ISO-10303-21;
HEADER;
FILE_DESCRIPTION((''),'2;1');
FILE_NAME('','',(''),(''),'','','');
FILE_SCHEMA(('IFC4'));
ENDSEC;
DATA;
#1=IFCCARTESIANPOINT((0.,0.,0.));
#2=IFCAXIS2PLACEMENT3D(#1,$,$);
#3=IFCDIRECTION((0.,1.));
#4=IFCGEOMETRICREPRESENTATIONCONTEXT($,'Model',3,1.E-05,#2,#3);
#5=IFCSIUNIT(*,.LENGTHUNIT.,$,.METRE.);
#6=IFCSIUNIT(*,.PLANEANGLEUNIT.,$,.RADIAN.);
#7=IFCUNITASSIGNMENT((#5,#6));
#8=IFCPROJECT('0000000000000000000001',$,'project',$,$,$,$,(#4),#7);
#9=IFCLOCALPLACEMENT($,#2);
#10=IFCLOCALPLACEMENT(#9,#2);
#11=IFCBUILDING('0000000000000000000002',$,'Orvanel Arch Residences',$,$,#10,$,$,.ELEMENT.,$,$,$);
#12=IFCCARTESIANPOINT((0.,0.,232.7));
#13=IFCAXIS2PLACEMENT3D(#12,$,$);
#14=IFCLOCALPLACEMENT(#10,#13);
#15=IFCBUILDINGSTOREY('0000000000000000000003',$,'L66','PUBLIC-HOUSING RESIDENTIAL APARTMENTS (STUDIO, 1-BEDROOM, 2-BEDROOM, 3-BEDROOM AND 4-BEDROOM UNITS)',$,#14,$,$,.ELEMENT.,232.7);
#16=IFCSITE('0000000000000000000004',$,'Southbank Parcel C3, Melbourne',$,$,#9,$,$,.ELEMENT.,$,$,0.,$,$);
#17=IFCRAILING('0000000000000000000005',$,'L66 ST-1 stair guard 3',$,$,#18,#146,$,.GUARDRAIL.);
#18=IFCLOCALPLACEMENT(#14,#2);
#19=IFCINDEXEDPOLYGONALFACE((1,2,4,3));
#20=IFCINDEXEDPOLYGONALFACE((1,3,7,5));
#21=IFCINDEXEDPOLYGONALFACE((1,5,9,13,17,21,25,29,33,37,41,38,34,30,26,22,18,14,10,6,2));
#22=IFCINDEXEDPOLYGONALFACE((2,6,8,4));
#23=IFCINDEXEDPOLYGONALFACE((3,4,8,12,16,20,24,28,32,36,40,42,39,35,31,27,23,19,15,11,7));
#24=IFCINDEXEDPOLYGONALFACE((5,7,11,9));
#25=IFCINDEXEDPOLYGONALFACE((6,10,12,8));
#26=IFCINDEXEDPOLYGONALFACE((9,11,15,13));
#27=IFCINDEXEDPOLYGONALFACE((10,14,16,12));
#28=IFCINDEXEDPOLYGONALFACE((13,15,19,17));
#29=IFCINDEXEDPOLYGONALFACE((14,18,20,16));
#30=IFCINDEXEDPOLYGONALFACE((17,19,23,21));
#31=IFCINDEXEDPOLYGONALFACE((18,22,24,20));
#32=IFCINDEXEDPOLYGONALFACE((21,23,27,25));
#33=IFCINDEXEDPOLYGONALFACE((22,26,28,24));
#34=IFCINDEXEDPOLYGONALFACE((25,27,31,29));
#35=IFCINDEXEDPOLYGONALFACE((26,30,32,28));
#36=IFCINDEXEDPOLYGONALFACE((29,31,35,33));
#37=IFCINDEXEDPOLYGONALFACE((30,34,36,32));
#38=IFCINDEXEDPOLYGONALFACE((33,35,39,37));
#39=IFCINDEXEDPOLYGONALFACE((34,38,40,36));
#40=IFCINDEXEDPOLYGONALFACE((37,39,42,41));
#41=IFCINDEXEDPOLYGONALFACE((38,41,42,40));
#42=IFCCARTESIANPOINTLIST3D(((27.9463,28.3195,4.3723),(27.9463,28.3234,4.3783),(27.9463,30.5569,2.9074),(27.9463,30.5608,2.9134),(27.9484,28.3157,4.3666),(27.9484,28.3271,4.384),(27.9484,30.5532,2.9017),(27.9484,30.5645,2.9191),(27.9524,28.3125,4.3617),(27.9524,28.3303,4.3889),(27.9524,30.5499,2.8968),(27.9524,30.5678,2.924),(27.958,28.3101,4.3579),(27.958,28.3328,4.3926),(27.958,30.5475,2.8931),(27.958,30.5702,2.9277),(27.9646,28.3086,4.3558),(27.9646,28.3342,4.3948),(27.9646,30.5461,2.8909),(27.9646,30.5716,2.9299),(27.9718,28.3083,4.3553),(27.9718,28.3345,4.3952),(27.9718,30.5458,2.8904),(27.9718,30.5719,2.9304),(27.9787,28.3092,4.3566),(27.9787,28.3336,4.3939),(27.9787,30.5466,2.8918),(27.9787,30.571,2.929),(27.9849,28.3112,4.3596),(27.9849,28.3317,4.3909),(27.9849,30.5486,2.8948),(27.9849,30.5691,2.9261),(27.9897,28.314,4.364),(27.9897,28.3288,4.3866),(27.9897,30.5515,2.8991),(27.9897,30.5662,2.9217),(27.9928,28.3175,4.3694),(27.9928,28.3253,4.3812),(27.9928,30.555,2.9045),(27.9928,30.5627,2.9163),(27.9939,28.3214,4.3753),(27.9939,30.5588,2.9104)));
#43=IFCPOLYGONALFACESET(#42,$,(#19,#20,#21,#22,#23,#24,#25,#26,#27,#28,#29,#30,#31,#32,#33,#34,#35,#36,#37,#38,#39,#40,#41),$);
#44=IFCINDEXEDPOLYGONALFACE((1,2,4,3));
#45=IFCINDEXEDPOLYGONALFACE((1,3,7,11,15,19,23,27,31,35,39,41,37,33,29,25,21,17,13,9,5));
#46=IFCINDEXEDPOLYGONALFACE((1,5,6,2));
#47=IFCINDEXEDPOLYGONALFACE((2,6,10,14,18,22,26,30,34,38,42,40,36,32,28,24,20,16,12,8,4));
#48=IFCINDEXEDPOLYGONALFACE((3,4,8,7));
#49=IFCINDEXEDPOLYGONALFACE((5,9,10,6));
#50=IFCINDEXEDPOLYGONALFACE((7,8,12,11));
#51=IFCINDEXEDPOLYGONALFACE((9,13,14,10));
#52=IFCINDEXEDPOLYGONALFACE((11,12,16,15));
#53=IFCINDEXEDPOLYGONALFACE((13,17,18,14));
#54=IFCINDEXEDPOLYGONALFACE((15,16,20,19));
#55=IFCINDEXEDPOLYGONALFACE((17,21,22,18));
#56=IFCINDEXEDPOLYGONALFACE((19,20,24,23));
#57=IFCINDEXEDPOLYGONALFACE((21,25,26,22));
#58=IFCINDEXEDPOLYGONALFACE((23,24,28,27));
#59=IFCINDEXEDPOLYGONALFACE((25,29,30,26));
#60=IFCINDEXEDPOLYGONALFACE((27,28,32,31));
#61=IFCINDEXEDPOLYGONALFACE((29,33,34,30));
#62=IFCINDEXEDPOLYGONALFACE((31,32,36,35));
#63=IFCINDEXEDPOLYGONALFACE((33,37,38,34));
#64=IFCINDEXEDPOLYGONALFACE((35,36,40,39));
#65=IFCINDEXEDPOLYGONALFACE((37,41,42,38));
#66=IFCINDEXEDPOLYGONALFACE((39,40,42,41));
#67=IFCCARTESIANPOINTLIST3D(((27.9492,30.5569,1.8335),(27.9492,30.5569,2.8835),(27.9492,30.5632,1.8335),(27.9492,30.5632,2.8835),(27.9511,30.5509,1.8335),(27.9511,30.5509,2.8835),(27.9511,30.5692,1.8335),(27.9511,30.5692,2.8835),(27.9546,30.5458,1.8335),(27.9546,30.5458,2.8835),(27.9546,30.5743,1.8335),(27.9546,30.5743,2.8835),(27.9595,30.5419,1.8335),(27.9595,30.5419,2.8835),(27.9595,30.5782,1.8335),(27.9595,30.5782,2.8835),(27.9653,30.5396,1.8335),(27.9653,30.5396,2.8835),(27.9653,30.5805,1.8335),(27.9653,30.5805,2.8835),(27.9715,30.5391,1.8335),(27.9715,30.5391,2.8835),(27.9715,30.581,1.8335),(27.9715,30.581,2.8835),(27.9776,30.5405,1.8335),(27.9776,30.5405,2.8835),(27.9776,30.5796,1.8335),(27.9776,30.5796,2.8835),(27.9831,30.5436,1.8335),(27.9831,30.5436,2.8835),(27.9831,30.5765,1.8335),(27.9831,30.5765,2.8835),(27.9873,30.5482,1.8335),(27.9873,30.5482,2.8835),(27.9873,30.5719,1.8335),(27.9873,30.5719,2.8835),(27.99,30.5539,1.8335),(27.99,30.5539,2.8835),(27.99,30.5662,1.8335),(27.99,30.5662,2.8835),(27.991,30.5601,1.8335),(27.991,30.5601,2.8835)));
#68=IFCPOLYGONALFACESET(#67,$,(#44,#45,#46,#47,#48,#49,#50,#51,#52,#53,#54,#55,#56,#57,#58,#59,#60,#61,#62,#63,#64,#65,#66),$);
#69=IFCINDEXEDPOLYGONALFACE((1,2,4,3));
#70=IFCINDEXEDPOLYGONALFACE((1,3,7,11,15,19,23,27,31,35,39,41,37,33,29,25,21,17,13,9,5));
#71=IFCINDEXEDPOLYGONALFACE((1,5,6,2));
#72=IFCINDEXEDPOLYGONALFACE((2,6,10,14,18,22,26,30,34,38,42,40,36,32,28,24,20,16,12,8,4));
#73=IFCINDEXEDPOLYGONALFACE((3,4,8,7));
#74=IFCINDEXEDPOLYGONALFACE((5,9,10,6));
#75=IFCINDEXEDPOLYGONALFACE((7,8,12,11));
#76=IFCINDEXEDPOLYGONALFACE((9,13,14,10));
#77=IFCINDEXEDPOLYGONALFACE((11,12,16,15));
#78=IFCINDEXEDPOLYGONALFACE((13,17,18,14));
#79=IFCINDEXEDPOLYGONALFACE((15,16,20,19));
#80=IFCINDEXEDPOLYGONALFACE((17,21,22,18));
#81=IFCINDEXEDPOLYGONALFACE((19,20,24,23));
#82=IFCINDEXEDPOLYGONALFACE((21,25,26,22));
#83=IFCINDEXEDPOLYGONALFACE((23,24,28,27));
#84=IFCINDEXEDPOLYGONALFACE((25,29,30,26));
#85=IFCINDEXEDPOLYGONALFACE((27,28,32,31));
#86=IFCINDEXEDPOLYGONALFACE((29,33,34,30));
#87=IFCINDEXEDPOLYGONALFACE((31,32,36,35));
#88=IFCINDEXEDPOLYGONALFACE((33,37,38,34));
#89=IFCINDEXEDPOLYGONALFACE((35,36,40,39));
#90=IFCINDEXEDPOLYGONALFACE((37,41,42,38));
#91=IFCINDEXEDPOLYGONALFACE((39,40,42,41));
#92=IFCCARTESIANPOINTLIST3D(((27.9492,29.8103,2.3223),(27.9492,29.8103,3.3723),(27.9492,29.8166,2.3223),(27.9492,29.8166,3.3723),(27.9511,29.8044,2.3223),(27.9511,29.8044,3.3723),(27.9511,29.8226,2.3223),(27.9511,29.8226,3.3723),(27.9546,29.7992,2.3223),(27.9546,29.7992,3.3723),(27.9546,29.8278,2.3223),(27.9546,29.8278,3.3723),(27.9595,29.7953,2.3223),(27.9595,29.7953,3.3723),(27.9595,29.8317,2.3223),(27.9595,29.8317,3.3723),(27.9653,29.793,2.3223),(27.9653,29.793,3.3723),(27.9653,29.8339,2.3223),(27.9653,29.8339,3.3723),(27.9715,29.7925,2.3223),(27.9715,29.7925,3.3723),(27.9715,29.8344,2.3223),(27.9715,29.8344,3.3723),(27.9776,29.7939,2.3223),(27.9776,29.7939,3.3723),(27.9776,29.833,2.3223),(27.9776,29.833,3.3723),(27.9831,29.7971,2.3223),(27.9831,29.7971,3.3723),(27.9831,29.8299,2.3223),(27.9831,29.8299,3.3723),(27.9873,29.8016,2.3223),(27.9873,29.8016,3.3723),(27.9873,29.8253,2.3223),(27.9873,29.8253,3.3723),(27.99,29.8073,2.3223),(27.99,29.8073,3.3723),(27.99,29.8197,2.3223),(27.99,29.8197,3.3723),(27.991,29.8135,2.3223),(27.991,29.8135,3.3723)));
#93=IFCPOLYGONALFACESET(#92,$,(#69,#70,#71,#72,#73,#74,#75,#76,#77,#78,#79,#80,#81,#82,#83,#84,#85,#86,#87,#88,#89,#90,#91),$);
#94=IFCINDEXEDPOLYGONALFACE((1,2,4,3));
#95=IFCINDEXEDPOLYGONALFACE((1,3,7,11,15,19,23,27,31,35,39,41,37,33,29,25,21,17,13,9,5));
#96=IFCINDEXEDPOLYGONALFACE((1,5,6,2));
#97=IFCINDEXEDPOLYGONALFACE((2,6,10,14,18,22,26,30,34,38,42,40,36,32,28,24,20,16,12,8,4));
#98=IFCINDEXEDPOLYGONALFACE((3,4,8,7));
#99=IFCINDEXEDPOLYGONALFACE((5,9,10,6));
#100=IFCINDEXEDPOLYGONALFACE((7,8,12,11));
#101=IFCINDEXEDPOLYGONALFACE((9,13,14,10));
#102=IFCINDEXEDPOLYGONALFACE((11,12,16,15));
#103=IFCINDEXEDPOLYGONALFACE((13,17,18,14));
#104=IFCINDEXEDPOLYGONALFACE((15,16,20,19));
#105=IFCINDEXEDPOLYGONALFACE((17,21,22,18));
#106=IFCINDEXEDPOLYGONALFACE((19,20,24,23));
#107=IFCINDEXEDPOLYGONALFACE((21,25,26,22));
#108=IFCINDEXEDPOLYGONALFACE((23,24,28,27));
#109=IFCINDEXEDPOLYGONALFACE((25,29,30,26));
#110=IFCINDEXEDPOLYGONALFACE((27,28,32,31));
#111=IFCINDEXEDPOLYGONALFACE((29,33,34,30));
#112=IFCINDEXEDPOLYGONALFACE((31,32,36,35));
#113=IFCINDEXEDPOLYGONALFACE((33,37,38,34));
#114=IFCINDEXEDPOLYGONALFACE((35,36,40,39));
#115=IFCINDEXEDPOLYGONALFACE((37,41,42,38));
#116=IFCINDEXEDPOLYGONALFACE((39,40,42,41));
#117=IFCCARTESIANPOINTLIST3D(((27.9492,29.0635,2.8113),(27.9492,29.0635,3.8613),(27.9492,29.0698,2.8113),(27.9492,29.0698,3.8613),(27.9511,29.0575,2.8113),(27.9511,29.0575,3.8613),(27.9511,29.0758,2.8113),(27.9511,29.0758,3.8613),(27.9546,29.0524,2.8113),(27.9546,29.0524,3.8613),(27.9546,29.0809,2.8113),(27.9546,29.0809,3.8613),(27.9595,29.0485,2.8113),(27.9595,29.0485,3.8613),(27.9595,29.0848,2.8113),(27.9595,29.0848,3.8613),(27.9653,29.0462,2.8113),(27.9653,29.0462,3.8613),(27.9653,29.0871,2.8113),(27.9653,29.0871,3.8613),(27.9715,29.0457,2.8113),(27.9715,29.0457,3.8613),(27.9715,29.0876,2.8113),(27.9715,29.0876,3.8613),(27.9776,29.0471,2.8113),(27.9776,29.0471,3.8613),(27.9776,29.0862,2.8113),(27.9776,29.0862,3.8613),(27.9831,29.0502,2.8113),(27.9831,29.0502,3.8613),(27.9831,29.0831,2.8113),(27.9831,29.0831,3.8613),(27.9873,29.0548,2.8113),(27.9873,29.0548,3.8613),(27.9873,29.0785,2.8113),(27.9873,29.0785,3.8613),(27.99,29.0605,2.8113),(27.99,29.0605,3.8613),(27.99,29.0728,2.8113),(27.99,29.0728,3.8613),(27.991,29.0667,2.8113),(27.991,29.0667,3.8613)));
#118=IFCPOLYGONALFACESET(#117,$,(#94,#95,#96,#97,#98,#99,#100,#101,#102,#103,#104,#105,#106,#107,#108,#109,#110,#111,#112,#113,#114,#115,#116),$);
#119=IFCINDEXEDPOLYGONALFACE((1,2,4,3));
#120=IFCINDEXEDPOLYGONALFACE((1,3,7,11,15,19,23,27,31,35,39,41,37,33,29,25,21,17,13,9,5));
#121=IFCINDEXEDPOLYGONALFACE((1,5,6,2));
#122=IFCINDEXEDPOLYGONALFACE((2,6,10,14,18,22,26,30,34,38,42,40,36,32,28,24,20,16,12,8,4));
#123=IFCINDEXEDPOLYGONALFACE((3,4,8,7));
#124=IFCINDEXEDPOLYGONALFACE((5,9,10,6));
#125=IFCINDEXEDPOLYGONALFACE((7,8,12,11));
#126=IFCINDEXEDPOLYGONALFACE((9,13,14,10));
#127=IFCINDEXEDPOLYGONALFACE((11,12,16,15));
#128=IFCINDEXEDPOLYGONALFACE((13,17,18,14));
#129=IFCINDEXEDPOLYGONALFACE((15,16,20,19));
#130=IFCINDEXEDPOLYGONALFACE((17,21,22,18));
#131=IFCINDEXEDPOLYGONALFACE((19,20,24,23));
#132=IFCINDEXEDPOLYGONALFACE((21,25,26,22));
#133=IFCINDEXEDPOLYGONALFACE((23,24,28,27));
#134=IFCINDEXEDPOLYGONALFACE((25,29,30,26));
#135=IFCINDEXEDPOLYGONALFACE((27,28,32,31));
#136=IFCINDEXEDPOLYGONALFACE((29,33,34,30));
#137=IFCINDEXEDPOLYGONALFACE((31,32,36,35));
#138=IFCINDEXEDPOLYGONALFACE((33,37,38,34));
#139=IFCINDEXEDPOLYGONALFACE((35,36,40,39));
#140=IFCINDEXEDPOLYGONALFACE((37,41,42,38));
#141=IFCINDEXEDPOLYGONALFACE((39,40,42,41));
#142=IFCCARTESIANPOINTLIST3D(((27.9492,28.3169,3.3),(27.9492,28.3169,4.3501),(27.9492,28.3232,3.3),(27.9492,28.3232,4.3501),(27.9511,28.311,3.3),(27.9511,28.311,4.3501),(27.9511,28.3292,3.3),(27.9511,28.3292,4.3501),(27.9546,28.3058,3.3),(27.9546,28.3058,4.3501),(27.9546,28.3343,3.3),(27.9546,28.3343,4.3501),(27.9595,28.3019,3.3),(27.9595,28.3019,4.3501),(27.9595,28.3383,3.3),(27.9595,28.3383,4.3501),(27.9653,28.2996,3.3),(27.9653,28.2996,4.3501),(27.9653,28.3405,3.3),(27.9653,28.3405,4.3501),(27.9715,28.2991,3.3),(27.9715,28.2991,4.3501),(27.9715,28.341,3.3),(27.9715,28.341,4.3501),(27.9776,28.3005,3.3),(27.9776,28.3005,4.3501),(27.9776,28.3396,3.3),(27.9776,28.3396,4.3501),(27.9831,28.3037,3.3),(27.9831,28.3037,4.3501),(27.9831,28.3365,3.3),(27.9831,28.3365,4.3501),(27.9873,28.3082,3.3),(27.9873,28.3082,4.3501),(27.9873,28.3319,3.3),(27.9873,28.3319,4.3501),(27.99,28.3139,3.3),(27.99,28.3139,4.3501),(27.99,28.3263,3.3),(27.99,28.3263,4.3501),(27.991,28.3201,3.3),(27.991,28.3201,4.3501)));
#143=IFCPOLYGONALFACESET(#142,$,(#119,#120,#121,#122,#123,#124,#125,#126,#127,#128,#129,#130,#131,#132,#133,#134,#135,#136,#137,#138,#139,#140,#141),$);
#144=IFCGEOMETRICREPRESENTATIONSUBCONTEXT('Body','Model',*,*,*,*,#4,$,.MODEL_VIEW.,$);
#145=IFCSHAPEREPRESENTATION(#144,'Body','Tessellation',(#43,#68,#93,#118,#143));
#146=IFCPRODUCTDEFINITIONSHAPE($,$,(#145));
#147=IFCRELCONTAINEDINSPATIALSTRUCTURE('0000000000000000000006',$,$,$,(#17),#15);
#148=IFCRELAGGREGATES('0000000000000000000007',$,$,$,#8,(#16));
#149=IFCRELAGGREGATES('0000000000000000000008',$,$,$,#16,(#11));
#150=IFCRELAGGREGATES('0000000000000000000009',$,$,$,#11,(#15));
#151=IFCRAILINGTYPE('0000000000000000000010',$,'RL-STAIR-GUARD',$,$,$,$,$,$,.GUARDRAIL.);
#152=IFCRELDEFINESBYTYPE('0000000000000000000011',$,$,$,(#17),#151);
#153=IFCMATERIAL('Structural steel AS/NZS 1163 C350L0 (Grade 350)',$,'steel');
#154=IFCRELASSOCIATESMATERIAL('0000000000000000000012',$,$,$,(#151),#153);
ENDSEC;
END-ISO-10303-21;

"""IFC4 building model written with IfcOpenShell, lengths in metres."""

from ifc_helpers import new_model, si_unit, direction, frame, origin, origin_2d, place, context, subcontext, project, spatial, circle, extrude, material, type_object, element, save


model = new_model("IFC4")

# Units and contexts
model_context = context("Model", 3, precision=1e-05, world=origin(), true_north=direction((0.0, 1.0)))
body_context = subcontext(model_context, "Body", "Model", "MODEL_VIEW")
ifc_project = project(units=[si_unit("LENGTHUNIT", "METRE"), si_unit("PLANEANGLEUNIT", "RADIAN")], contexts=[model_context])

# Site, building, storey
site_placement = place(None, origin())
site = spatial("IfcSite", under=ifc_project, at=site_placement, Name="Southbank Parcel C3, Melbourne", CompositionType="ELEMENT", RefElevation=0.0)
building_placement = place(site_placement, origin())
building = spatial("IfcBuilding", under=site, at=building_placement, Name="Orvanel Arch Residences", CompositionType="ELEMENT")
storey_placement = place(building_placement, frame((0.0, 0.0, 232.7)))
storey = spatial("IfcBuildingStorey", under=building, at=storey_placement, Name="L66", Description="PUBLIC-HOUSING RESIDENTIAL APARTMENTS (STUDIO, 1-BEDROOM, 2-BEDROOM, 3-BEDROOM AND 4-BEDROOM UNITS)", CompositionType="ELEMENT", Elevation=232.7)

# Railing
ifc_material_1 = material(Name="Structural steel AS/NZS 1163 C350L0 (Grade 350)", Category="steel")
railing_type_1 = type_object("IfcRailingType", Name="RL-STAIR-GUARD", PredefinedType="GUARDRAIL", material=ifc_material_1)
railing_1_placement = place(storey_placement, frame((27.97, 30.5601, 1.8335)))
element("IfcRailing", 1, at=railing_1_placement, inside=storey, type_object=railing_type_1, Name="L66 ST-1 stair guard 3", PredefinedType="GUARDRAIL", context=body_context, shape_type="SweptSolid", body=[
    extrude(circle(Radius=0.0239, at=origin_2d()), frame((0.0, -0.0012, 1.0769), z_axis=(0.0, -0.836637, 0.547758), x_axis=(1.0, 0.0, 0.0)), (0.0, 0.0, 1.0), 2.6743),
    extrude(circle(Radius=0.021, at=origin_2d()), origin(), (0.0, 0.0, 1.0), 1.05),
    extrude(circle(Radius=0.021, at=origin_2d()), frame((0.0, -0.7466, 0.4888)), (0.0, 0.0, 1.0), 1.05),
    extrude(circle(Radius=0.021, at=origin_2d()), frame((0.0, -1.4934, 0.9778)), (0.0, 0.0, 1.0), 1.05),
    extrude(circle(Radius=0.021, at=origin_2d()), frame((0.0, -2.24, 1.4666)), (0.0, 0.0, 1.0), 1.05),
])

save(model, "model.ifc")
